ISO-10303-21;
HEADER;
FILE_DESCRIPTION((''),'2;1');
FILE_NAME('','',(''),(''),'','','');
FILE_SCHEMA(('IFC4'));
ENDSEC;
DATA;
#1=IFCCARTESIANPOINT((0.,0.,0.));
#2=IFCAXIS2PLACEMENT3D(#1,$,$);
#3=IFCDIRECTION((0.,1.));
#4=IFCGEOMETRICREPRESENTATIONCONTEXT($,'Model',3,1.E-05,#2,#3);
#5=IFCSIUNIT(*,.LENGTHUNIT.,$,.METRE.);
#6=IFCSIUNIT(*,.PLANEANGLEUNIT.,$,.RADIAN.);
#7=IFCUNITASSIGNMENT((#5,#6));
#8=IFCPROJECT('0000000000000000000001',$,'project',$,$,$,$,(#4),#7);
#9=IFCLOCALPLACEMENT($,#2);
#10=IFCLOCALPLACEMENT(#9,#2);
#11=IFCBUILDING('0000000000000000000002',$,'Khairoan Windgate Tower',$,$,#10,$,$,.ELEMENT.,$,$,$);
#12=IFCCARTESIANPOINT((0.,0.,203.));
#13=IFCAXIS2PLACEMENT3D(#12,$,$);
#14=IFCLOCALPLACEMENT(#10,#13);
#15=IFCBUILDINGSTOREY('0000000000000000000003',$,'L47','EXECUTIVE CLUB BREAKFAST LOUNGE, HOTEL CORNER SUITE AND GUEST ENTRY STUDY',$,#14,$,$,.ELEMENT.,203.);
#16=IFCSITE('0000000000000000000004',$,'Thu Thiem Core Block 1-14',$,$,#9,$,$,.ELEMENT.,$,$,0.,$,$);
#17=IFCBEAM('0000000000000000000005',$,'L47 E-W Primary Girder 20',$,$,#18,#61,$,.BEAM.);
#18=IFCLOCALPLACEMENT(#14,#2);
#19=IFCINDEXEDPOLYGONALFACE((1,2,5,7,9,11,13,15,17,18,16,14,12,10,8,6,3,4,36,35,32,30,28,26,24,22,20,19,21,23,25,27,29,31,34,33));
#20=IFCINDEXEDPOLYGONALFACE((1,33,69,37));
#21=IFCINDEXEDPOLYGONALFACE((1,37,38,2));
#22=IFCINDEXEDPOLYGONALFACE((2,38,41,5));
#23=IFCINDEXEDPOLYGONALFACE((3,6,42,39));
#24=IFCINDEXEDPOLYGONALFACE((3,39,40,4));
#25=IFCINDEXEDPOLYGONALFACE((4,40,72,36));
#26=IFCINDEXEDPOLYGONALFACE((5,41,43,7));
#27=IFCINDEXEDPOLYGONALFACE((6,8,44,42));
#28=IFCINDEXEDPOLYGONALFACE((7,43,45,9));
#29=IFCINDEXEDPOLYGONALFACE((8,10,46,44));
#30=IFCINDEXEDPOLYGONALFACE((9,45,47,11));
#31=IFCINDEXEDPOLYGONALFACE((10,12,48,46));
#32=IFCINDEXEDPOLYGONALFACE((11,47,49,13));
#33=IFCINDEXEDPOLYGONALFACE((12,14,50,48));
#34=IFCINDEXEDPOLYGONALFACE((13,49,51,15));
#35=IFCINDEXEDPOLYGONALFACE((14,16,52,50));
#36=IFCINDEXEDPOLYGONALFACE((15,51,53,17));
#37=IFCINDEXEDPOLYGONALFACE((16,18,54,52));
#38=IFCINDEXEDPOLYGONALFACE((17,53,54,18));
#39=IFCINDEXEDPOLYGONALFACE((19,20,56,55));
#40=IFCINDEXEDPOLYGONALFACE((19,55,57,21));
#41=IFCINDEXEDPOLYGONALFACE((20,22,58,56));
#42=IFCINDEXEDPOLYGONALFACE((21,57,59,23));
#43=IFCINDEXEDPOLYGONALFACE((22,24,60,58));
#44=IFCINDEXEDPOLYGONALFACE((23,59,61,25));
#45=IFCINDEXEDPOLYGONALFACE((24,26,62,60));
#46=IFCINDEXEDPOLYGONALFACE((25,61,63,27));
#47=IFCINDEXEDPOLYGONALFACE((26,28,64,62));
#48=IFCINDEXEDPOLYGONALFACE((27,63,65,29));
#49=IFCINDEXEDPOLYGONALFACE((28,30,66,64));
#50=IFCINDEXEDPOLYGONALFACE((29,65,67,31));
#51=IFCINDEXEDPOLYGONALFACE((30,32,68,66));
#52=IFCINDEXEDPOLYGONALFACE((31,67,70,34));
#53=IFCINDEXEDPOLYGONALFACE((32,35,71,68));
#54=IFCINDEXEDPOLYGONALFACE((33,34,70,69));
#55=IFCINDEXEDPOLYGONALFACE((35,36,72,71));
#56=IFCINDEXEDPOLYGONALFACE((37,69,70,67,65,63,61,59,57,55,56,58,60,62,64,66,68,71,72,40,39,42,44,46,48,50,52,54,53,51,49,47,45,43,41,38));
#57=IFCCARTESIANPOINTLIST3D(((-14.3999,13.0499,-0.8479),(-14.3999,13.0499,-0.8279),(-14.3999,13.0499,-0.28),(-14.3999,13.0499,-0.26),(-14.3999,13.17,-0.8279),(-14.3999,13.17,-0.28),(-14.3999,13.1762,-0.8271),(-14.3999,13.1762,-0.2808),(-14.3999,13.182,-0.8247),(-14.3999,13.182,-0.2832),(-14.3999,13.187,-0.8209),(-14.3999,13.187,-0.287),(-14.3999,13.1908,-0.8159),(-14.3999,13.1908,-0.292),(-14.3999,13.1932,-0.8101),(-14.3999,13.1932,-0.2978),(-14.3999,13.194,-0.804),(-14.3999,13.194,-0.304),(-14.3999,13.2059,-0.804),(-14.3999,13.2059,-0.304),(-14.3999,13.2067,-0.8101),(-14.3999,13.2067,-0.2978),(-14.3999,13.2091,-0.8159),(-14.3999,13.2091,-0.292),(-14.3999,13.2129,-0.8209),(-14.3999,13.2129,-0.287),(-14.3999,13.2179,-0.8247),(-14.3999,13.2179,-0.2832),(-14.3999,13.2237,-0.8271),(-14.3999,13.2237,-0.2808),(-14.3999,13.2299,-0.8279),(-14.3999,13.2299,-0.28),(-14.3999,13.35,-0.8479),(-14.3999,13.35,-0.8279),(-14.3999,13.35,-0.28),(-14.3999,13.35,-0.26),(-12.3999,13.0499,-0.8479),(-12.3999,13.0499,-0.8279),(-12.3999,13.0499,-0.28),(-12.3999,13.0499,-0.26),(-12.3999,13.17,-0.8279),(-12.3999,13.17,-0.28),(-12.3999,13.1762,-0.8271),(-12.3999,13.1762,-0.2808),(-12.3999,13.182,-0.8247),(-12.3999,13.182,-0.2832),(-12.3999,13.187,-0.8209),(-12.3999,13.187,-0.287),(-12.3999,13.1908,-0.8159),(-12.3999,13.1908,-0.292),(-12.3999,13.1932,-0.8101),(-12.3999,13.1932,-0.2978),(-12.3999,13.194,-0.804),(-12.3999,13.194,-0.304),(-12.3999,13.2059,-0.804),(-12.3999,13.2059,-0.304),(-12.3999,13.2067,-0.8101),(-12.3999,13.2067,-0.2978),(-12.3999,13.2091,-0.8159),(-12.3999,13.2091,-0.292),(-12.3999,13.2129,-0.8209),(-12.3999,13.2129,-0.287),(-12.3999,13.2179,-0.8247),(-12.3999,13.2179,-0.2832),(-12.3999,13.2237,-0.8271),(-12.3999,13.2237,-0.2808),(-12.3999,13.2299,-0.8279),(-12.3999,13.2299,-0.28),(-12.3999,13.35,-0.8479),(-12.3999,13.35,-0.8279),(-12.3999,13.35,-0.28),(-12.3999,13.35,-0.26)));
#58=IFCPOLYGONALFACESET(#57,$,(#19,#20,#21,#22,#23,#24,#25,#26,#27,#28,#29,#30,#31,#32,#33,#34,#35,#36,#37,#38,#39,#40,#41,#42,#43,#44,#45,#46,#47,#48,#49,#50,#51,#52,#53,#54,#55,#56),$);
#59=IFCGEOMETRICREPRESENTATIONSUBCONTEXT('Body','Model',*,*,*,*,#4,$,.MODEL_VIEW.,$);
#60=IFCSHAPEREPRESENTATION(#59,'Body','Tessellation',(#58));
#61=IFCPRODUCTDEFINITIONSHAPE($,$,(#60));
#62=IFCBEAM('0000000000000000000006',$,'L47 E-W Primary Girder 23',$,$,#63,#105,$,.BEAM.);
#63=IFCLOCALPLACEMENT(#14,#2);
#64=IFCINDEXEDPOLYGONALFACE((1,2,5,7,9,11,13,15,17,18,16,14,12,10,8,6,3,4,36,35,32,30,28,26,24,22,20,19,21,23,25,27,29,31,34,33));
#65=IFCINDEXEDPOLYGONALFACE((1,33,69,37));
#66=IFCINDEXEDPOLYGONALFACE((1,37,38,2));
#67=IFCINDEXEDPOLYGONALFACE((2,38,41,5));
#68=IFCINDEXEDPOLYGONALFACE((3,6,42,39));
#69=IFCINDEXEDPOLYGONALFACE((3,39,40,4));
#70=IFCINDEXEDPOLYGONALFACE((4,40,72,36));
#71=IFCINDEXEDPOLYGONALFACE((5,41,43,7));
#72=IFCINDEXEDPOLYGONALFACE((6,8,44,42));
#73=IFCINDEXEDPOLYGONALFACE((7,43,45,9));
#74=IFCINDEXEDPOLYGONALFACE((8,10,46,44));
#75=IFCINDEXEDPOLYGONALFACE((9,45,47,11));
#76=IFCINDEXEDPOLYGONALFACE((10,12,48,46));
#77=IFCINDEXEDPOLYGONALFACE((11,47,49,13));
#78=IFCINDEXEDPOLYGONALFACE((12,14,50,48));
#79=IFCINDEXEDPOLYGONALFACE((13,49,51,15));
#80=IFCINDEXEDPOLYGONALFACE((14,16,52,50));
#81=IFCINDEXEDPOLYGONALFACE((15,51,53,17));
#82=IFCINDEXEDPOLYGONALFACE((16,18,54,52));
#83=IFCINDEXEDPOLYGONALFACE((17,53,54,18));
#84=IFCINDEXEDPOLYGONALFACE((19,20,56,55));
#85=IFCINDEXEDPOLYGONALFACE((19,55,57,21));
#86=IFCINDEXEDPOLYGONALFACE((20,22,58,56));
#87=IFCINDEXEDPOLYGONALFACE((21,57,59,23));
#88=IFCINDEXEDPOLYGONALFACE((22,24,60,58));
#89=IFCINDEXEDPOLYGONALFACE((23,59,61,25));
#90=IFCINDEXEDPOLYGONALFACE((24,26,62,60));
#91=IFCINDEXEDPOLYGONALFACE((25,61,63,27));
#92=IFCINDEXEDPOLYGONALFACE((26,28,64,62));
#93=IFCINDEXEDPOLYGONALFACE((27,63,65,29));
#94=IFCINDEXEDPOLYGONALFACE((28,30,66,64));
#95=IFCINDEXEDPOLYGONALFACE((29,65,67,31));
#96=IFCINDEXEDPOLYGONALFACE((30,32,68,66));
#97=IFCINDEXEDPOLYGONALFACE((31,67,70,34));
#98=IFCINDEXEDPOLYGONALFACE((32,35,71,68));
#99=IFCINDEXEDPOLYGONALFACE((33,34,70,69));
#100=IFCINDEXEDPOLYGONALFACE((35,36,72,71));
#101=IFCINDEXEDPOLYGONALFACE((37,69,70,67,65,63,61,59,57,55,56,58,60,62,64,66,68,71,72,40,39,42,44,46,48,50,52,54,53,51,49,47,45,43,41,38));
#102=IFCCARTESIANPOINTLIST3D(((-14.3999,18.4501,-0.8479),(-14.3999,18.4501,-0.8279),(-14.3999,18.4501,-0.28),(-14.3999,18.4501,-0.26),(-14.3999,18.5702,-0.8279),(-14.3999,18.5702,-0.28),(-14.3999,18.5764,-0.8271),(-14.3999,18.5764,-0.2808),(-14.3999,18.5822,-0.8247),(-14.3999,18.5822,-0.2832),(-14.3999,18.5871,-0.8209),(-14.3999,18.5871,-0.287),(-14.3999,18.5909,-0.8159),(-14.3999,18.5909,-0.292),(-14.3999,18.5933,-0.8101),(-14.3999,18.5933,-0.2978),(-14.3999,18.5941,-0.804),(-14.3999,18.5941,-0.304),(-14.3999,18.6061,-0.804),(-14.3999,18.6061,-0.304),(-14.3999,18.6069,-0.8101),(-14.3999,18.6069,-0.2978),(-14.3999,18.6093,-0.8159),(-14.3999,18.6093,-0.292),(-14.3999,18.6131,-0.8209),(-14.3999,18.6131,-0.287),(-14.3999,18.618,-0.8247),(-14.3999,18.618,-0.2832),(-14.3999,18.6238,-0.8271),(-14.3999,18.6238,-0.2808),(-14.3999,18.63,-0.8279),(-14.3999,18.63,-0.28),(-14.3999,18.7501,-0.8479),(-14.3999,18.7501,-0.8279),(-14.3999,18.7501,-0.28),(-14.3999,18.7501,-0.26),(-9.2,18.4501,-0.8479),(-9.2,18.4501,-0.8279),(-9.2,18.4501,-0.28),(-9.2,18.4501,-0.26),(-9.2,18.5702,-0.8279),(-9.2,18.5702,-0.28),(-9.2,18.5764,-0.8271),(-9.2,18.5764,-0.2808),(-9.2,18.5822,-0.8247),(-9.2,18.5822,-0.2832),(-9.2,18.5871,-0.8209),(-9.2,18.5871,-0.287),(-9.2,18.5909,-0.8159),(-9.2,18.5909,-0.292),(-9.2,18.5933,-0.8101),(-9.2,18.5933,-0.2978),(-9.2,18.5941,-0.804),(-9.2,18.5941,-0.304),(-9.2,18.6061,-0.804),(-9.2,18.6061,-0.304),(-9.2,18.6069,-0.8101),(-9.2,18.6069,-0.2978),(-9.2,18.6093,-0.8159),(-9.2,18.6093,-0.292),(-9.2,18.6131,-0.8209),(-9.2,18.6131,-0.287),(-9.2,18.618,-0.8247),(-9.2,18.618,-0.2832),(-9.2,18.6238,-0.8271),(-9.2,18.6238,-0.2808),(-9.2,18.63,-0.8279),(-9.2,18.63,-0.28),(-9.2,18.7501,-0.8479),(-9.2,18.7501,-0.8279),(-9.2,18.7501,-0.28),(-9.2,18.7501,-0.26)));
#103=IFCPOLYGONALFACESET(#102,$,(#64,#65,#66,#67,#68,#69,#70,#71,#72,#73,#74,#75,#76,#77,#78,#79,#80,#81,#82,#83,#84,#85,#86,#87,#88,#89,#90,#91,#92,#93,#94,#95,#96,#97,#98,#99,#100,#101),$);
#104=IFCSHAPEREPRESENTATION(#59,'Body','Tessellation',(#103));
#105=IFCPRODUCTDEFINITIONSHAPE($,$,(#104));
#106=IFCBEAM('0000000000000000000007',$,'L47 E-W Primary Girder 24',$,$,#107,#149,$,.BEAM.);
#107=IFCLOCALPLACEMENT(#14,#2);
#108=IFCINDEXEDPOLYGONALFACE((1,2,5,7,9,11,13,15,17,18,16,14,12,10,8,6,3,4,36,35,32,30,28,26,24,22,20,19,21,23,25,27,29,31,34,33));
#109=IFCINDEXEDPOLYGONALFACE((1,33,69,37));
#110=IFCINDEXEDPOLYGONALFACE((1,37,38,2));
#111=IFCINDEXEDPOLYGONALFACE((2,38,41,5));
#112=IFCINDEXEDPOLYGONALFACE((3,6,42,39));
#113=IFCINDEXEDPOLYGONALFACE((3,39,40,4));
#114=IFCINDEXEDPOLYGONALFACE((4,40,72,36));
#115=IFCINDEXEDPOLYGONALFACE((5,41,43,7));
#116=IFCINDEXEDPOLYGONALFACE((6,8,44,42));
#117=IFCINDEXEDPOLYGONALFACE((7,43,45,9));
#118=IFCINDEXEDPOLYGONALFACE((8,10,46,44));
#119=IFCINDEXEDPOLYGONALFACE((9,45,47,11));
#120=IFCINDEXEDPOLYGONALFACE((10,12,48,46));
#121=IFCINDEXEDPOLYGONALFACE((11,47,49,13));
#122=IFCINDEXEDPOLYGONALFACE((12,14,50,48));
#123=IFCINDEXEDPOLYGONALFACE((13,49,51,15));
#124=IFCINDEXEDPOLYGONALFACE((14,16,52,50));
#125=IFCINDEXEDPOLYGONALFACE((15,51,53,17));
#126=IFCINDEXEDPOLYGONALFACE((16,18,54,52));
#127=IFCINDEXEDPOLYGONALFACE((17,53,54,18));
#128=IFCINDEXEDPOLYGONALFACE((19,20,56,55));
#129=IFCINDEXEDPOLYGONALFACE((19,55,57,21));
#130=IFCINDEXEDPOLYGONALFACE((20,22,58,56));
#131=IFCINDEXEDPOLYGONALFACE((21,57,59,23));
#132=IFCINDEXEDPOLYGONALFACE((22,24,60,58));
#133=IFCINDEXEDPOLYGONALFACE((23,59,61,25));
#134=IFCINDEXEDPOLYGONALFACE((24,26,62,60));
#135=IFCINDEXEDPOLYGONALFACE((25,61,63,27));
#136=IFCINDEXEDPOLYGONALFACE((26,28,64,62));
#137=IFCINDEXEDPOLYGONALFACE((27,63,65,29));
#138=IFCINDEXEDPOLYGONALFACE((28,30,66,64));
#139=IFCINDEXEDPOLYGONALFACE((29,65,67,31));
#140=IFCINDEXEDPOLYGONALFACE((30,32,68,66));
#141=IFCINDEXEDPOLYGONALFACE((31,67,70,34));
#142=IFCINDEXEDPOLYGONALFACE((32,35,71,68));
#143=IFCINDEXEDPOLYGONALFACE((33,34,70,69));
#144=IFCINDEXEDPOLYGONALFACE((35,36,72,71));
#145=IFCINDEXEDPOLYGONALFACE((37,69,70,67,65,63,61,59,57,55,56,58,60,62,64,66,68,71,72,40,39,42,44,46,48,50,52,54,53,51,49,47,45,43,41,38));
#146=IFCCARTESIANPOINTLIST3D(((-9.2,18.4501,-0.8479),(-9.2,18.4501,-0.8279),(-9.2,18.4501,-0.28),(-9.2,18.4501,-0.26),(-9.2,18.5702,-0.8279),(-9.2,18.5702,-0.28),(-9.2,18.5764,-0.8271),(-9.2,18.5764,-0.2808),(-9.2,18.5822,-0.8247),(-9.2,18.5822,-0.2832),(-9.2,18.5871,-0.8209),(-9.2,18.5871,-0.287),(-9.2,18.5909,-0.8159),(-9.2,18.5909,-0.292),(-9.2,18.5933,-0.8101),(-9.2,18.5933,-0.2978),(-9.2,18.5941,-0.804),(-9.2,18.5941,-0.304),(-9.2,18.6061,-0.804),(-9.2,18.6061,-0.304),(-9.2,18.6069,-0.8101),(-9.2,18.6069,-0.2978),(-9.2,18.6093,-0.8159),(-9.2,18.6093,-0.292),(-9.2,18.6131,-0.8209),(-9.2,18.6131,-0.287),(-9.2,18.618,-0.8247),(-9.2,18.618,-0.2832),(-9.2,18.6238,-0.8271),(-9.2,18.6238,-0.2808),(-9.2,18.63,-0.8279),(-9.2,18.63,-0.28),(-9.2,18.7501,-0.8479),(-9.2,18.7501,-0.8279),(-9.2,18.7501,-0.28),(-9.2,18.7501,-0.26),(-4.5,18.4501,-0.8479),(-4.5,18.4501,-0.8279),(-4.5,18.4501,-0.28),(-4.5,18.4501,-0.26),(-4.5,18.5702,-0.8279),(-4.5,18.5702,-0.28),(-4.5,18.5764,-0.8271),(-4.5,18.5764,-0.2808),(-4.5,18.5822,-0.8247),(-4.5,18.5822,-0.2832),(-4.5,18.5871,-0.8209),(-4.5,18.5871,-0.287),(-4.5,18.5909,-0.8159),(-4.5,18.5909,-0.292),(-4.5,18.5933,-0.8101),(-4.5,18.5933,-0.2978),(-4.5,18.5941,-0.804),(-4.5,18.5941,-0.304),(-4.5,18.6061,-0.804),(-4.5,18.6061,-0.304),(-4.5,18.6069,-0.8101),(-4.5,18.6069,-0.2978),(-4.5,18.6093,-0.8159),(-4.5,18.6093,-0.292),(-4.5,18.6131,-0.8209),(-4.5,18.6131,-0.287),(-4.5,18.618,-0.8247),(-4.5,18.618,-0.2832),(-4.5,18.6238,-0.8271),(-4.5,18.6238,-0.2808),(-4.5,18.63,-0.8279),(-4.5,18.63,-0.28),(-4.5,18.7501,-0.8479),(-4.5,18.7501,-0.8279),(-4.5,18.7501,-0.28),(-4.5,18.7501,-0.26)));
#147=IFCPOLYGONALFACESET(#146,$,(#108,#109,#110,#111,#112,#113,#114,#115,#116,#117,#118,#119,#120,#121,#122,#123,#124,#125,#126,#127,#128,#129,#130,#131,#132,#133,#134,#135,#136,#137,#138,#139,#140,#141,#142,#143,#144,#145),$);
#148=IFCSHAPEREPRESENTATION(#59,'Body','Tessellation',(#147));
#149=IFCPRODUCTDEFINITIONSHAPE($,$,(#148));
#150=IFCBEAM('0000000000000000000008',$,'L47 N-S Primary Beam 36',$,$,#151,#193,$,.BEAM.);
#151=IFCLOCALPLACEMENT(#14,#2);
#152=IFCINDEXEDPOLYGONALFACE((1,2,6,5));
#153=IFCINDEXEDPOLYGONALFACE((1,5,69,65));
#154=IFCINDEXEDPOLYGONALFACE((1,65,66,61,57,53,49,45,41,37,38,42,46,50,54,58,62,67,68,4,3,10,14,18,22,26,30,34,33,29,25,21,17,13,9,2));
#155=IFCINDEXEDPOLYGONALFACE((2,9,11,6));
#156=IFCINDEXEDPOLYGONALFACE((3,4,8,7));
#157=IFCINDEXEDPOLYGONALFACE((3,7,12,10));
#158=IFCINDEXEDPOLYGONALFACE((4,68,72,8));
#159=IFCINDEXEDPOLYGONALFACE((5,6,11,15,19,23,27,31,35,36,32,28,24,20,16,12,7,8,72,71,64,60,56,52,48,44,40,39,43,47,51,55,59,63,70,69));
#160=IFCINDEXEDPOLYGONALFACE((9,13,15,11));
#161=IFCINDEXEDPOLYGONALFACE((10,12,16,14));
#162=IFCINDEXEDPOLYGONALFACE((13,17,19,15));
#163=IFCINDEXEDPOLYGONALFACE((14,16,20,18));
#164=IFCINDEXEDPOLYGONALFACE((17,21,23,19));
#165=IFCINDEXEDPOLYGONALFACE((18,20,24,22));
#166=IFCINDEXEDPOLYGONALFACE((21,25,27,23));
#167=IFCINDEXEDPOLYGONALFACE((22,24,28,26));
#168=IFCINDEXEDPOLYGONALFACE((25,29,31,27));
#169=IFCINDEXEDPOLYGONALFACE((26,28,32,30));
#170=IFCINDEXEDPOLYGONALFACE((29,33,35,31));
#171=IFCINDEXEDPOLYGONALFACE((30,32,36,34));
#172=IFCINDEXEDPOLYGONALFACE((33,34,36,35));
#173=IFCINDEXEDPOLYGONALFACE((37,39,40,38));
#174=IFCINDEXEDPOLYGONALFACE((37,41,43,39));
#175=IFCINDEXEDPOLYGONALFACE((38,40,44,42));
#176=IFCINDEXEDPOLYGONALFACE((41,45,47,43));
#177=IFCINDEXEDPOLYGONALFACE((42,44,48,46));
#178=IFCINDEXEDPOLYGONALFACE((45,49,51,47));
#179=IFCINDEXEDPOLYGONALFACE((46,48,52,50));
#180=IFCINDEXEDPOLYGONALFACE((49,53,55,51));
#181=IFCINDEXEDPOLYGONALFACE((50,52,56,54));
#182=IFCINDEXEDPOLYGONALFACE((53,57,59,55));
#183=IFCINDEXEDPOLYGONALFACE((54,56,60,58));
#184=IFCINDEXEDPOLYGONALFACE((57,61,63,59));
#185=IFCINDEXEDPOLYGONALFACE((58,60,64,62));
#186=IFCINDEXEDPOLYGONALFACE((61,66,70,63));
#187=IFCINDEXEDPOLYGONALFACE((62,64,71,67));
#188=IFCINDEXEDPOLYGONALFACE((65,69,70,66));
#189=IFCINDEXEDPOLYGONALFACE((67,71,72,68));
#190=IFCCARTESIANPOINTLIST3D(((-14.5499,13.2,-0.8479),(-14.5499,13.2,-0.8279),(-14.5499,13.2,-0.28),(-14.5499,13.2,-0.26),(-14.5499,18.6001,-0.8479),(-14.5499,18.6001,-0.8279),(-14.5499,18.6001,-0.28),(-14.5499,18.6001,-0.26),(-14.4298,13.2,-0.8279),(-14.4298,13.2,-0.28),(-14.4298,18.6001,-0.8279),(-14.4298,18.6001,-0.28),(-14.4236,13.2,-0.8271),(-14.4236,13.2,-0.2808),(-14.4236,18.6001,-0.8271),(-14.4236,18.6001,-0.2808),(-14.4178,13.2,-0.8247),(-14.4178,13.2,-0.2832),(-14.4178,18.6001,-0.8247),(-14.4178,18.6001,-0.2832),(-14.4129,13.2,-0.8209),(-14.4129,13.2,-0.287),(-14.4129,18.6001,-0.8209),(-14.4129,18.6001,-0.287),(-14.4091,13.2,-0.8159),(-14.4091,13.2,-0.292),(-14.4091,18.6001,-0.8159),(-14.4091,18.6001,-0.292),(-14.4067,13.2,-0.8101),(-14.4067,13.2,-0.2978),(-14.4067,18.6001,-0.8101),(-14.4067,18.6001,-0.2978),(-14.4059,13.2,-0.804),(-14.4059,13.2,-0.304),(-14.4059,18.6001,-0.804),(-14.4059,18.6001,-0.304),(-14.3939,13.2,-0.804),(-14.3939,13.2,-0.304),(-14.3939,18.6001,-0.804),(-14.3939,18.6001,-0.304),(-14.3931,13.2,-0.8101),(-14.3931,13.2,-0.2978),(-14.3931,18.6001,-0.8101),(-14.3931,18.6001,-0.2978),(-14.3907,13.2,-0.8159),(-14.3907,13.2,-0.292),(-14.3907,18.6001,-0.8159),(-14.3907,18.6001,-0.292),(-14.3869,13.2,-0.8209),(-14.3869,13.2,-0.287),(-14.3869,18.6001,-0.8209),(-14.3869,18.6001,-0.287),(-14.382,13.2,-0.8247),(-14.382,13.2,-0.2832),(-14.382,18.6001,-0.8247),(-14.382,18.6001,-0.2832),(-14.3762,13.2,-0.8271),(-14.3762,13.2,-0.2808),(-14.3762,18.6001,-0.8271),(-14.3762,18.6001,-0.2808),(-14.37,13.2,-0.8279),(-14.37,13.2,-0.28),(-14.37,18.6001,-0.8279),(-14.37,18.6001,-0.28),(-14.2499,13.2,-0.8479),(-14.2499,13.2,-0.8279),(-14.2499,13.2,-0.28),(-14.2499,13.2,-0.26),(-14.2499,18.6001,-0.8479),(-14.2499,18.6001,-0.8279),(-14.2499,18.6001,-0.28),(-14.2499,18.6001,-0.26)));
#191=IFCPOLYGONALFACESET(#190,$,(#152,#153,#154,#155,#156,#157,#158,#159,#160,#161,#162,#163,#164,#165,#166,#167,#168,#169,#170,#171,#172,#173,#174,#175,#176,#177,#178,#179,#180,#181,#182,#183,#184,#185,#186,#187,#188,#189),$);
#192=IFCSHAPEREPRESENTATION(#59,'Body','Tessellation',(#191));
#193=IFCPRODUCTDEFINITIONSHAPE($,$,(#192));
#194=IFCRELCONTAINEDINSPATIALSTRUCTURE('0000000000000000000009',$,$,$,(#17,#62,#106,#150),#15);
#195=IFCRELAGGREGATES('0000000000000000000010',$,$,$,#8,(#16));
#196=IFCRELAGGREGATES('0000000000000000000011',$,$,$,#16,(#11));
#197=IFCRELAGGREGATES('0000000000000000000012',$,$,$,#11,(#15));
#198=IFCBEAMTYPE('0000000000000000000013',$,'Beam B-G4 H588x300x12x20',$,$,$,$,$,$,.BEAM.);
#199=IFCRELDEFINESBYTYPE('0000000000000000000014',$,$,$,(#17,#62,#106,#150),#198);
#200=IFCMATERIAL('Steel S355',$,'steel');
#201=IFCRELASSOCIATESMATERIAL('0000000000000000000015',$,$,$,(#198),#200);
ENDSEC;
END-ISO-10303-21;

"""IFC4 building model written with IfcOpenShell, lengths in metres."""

from ifc_helpers import new_model, si_unit, direction, frame, origin, origin_2d, place, context, subcontext, project, spatial, i_section, extrude, material, material_profile, profile_set, type_object, element, save


model = new_model("IFC4")

# Units and contexts
model_context = context("Model", 3, precision=1e-05, world=origin(), true_north=direction((0.0, 1.0)))
body_context = subcontext(model_context, "Body", "Model", "MODEL_VIEW")
ifc_project = project(units=[si_unit("LENGTHUNIT", "METRE"), si_unit("PLANEANGLEUNIT", "RADIAN")], contexts=[model_context])

# Site, building, storey
site_placement = place(None, origin())
site = spatial("IfcSite", under=ifc_project, at=site_placement, Name="Thu Thiem Core Block 1-14", CompositionType="ELEMENT", RefElevation=0.0)
building_placement = place(site_placement, origin())
building = spatial("IfcBuilding", under=site, at=building_placement, Name="Khairoan Windgate Tower", CompositionType="ELEMENT")
storey_placement = place(building_placement, frame((0.0, 0.0, 203.0)))
storey = spatial("IfcBuildingStorey", under=building, at=storey_placement, Name="L47", Description="EXECUTIVE CLUB BREAKFAST LOUNGE, HOTEL CORNER SUITE AND GUEST ENTRY STUDY", CompositionType="ELEMENT", Elevation=203.0)

# Beams
ifc_material_1 = material(Name="Steel S355", Category="steel")
ifc_material_profile_1 = material_profile(ifc_material_1, i_section(OverallWidth=0.3, OverallDepth=0.5879, WebThickness=0.012, FlangeThickness=0.02, FilletRadius=0.0239, at=origin_2d()))
ifc_profile_set_1 = profile_set([ifc_material_profile_1], Name="Steel S355")
beam_type = type_object("IfcBeamType", Name="Beam B-G4 H588x300x12x20", PredefinedType="BEAM", material=ifc_profile_set_1)
beam_1_placement = place(storey_placement, frame((-14.3999, 13.2, -0.554), z_axis=(1.0, 0.0, 0.0), x_axis=(0.0, 1.0, 0.0)))
element("IfcBeam", 1, at=beam_1_placement, inside=storey, type_object=beam_type, Name="L47 E-W Primary Girder 20", PredefinedType="BEAM", context=body_context, shape_type="SweptSolid", body=[
    extrude(i_section(OverallWidth=0.3, OverallDepth=0.5879, WebThickness=0.012, FlangeThickness=0.02, FilletRadius=0.0239, at=origin_2d()), origin(), (0.0, 0.0, 1.0), 2.0),
])
beam_2_placement = place(storey_placement, frame((-14.3999, 18.6001, -0.554), z_axis=(1.0, 0.0, 0.0), x_axis=(0.0, 1.0, 0.0)))
element("IfcBeam", 2, at=beam_2_placement, inside=storey, type_object=beam_type, Name="L47 E-W Primary Girder 23", PredefinedType="BEAM", context=body_context, shape_type="SweptSolid", body=[
    extrude(i_section(OverallWidth=0.3, OverallDepth=0.5879, WebThickness=0.012, FlangeThickness=0.02, FilletRadius=0.0239, at=origin_2d()), origin(), (0.0, 0.0, 1.0), 5.2),
])
beam_3_placement = place(storey_placement, frame((-9.2, 18.6001, -0.554), z_axis=(1.0, 0.0, 0.0), x_axis=(0.0, 1.0, 0.0)))
element("IfcBeam", 3, at=beam_3_placement, inside=storey, type_object=beam_type, Name="L47 E-W Primary Girder 24", PredefinedType="BEAM", context=body_context, shape_type="SweptSolid", body=[
    extrude(i_section(OverallWidth=0.3, OverallDepth=0.5879, WebThickness=0.012, FlangeThickness=0.02, FilletRadius=0.0239, at=origin_2d()), origin(), (0.0, 0.0, 1.0), 4.7),
])
beam_4_placement = place(storey_placement, frame((-14.3999, 13.2, -0.554), z_axis=(0.0, 1.0, 0.0), x_axis=(-1.0, 0.0, 0.0)))
element("IfcBeam", 4, at=beam_4_placement, inside=storey, type_object=beam_type, Name="L47 N-S Primary Beam 36", PredefinedType="BEAM", context=body_context, shape_type="SweptSolid", body=[
    extrude(i_section(OverallWidth=0.3, OverallDepth=0.5879, WebThickness=0.012, FlangeThickness=0.02, FilletRadius=0.0239, at=origin_2d()), origin(), (0.0, 0.0, 1.0), 5.4001),
])

save(model, "model.ifc")
